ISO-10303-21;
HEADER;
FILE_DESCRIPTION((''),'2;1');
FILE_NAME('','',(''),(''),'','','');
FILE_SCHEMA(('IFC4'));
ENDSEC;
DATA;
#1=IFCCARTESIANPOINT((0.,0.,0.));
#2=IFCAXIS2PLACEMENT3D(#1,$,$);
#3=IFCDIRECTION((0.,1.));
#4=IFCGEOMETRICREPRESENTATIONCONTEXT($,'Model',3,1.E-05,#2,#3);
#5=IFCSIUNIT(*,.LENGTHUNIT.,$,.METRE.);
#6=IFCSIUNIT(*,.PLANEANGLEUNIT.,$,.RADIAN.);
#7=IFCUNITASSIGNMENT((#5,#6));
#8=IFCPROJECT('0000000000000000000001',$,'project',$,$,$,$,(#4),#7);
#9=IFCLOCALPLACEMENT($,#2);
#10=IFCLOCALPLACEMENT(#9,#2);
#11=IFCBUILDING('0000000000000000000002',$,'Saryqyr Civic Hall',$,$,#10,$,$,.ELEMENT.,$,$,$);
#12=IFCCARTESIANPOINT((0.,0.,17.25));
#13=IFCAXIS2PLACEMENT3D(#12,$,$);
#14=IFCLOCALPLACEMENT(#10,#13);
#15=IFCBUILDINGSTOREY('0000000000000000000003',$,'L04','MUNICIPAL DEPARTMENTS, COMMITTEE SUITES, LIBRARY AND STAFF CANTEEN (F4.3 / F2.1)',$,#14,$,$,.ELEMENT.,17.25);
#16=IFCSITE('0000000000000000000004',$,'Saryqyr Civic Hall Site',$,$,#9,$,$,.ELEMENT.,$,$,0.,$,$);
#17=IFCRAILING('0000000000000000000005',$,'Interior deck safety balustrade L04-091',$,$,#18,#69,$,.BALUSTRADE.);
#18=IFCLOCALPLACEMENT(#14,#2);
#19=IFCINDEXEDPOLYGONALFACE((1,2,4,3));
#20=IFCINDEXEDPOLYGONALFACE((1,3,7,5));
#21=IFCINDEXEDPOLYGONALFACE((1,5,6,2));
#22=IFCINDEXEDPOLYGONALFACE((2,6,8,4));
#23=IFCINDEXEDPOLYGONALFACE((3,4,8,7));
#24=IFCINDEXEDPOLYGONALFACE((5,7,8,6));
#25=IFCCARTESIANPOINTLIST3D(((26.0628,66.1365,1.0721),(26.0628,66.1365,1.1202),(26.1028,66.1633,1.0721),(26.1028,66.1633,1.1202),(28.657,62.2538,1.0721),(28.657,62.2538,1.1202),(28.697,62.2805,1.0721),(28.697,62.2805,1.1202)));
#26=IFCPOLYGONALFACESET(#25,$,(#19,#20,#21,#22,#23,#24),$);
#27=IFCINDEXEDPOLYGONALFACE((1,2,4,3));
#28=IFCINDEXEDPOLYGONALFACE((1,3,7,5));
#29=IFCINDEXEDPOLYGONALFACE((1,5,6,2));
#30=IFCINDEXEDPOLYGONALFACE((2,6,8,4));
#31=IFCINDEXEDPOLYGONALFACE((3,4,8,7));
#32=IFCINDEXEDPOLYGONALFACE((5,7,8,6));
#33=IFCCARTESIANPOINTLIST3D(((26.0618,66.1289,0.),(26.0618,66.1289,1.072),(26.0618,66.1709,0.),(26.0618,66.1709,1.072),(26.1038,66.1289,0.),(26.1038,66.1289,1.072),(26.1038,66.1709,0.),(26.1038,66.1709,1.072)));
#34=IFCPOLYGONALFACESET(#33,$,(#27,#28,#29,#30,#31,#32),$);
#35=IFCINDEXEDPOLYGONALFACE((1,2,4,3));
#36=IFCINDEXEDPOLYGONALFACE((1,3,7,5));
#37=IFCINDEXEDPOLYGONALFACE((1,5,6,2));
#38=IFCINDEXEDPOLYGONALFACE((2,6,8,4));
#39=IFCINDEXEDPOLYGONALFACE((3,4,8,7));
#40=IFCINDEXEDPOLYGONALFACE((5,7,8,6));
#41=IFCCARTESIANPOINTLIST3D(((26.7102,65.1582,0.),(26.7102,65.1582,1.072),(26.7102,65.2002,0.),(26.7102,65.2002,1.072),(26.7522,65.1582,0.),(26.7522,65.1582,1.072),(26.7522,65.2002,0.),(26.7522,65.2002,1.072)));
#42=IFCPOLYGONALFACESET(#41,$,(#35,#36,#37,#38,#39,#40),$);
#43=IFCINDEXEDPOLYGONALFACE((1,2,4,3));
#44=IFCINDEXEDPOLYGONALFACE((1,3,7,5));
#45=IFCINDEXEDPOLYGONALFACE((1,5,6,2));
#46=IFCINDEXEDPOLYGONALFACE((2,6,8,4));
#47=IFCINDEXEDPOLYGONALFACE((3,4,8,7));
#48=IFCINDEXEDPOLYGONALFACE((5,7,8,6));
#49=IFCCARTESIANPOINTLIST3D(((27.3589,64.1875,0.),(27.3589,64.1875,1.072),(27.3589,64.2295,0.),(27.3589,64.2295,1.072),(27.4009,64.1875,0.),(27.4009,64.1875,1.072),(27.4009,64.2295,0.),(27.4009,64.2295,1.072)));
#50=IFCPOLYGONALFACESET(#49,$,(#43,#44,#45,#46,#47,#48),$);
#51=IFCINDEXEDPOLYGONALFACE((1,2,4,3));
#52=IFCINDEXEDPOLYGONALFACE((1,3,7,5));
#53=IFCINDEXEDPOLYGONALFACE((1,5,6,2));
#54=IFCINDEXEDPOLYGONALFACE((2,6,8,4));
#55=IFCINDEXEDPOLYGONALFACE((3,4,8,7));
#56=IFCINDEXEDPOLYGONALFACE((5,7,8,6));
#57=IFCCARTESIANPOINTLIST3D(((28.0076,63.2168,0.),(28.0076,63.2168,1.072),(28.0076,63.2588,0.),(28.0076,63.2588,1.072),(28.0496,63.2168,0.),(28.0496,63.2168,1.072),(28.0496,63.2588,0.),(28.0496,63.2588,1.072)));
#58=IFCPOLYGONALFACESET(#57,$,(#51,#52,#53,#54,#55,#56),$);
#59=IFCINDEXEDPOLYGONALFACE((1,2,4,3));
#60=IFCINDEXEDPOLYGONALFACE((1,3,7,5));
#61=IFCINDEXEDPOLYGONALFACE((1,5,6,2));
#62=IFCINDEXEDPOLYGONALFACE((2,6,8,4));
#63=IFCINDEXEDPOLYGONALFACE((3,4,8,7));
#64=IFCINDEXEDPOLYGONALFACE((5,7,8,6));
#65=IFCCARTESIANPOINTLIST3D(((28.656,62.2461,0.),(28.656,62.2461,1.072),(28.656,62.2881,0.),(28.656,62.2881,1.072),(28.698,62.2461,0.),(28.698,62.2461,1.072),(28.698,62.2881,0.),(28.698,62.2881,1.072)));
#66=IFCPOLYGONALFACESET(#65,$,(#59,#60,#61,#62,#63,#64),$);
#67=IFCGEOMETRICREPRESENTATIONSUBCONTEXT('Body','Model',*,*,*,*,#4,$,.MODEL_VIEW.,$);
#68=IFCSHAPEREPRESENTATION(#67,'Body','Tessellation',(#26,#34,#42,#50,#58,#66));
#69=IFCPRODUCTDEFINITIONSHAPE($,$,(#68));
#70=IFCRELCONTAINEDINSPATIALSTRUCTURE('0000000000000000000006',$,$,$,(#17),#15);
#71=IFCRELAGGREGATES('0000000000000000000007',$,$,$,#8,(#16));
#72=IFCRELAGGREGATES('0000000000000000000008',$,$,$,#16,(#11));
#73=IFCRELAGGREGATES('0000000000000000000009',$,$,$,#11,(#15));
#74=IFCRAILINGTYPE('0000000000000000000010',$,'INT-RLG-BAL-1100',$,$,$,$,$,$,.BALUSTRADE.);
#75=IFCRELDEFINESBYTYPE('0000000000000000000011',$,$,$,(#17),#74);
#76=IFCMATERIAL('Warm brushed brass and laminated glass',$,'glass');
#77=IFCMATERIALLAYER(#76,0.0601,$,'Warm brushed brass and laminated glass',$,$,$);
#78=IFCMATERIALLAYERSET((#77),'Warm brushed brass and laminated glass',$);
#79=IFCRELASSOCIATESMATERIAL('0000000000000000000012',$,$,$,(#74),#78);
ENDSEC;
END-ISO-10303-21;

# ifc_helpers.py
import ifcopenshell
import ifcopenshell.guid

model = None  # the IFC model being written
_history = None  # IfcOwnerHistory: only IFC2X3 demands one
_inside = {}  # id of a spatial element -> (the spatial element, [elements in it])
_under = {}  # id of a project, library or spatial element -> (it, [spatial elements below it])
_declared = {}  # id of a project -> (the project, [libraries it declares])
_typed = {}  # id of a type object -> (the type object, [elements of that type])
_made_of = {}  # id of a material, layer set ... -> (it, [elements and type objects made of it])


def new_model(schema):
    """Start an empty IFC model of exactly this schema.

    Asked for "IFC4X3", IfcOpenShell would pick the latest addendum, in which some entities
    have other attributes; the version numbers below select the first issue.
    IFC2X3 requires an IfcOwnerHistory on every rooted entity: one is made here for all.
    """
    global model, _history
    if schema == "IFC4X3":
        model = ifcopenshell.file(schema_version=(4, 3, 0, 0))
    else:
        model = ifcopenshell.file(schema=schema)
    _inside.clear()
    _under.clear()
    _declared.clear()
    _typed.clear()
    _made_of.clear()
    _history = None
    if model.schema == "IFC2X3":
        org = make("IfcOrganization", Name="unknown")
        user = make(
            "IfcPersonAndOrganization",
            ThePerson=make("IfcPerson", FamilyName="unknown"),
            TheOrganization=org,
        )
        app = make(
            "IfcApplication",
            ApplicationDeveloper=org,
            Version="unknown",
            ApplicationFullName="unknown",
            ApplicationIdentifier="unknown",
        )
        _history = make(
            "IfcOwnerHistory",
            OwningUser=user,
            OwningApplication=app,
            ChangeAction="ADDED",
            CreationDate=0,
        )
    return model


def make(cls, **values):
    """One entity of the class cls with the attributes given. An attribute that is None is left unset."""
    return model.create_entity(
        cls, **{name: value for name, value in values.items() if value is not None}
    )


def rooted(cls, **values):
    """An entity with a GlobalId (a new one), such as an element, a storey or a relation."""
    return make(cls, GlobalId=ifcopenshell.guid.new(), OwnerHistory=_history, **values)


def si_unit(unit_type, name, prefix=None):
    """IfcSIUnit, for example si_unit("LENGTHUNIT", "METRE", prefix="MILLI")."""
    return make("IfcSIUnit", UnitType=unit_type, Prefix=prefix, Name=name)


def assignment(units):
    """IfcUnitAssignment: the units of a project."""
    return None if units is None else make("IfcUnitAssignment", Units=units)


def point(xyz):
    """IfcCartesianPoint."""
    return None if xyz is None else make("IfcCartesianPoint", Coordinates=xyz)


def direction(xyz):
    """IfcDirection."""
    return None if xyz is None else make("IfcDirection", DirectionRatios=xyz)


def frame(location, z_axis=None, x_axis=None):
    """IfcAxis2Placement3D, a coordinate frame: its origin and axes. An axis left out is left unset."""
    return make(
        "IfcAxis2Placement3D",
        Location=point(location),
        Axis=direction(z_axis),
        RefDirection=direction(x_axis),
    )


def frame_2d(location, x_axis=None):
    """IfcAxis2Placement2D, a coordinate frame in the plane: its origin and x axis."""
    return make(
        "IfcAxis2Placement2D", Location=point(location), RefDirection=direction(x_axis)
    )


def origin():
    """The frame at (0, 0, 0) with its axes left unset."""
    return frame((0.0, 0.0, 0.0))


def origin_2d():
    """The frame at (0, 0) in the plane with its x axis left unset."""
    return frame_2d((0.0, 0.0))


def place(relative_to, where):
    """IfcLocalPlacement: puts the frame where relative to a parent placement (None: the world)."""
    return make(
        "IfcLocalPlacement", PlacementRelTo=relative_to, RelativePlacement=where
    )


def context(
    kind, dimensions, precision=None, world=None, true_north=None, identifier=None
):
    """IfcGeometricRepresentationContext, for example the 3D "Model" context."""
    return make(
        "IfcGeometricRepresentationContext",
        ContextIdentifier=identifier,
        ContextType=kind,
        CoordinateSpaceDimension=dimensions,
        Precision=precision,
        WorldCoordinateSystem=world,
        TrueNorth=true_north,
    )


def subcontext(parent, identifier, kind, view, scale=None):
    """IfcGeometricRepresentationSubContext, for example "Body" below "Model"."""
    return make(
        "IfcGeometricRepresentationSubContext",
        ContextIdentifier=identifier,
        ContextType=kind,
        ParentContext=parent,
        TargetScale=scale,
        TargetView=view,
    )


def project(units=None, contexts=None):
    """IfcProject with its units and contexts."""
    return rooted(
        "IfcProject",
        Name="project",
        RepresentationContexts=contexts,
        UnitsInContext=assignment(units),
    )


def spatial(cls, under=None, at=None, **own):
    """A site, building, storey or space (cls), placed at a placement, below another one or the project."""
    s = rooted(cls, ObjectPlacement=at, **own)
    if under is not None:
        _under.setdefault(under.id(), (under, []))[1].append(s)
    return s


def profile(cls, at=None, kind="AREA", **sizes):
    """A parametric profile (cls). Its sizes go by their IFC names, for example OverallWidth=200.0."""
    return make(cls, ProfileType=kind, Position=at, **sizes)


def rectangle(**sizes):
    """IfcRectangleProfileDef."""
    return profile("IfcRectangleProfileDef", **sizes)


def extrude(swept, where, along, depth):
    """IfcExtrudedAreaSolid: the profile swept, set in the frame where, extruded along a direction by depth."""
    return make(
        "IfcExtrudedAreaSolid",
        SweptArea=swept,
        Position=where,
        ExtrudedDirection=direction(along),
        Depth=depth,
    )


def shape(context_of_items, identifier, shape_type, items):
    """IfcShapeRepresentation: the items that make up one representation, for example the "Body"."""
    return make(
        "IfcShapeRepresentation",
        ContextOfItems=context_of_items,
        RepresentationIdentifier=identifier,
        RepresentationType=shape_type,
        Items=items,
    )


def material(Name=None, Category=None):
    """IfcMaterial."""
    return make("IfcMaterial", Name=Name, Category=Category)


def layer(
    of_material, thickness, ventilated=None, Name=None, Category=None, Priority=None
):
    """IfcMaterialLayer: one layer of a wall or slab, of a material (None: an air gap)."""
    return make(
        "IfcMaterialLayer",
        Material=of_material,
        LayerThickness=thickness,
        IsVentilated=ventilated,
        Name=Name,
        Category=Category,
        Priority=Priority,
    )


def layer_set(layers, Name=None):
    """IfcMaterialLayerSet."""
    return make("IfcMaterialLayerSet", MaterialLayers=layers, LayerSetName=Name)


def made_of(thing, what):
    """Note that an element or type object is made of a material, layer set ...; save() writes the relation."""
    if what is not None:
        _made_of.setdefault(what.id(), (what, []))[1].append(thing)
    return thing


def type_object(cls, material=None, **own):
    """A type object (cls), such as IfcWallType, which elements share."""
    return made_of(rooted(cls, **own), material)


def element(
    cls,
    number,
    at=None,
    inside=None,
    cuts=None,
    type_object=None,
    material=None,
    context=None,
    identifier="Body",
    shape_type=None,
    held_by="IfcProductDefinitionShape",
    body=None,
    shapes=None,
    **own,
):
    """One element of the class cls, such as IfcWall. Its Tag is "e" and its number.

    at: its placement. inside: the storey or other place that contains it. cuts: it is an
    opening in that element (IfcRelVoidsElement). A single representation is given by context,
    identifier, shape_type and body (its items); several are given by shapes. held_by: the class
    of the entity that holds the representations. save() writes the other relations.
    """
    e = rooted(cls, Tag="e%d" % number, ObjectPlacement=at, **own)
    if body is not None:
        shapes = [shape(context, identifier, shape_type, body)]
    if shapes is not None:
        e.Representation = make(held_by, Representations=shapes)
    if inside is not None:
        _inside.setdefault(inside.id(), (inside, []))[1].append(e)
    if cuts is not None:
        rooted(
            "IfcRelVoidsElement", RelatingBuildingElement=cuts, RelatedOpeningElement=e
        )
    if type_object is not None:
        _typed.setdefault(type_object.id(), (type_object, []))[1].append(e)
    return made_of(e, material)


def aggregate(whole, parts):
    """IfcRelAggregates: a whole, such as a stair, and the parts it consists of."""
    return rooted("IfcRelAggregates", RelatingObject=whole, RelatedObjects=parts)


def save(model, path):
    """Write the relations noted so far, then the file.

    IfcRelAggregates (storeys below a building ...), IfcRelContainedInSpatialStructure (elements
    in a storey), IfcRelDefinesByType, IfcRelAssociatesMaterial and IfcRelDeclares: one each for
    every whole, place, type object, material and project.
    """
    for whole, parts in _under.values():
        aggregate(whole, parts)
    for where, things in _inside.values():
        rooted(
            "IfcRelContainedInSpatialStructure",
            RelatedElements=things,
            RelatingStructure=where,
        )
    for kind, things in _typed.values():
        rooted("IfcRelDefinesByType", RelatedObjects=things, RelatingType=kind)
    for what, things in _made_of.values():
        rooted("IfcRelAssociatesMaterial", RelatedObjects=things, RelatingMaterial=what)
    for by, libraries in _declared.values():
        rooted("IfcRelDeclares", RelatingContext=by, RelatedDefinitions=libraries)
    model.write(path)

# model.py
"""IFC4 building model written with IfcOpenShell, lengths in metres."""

from ifc_helpers import new_model, si_unit, direction, frame, origin, origin_2d, place, context, subcontext, project, spatial, rectangle, extrude, material, layer, layer_set, type_object, element, save


model = new_model("IFC4")

# Units and contexts
model_context = context("Model", 3, precision=1e-05, world=origin(), true_north=direction((0.0, 1.0)))
body_context = subcontext(model_context, "Body", "Model", "MODEL_VIEW")
ifc_project = project(units=[si_unit("LENGTHUNIT", "METRE"), si_unit("PLANEANGLEUNIT", "RADIAN")], contexts=[model_context])

# Site, building, storey
site_placement = place(None, origin())
site = spatial("IfcSite", under=ifc_project, at=site_placement, Name="Saryqyr Civic Hall Site", CompositionType="ELEMENT", RefElevation=0.0)
building_placement = place(site_placement, origin())
building = spatial("IfcBuilding", under=site, at=building_placement, Name="Saryqyr Civic Hall", CompositionType="ELEMENT")
storey_placement = place(building_placement, frame((0.0, 0.0, 17.25)))
storey = spatial("IfcBuildingStorey", under=building, at=storey_placement, Name="L04", Description="MUNICIPAL DEPARTMENTS, COMMITTEE SUITES, LIBRARY AND STAFF CANTEEN (F4.3 / F2.1)", CompositionType="ELEMENT", Elevation=17.25)

# Railing
ifc_material_1 = material(Name="Warm brushed brass and laminated glass", Category="glass")
ifc_layer_1 = layer(ifc_material_1, 0.0601, Name="Warm brushed brass and laminated glass")
ifc_layer_set_1 = layer_set([ifc_layer_1], Name="Warm brushed brass and laminated glass")
railing_type = type_object("IfcRailingType", Name="INT-RLG-BAL-1100", PredefinedType="BALUSTRADE", material=ifc_layer_set_1)
railing_placement = place(storey_placement, frame((26.0828, 66.1499, 0.0)))
element("IfcRailing", 1, at=railing_placement, inside=storey, type_object=railing_type, Name="Interior deck safety balustrade L04-091", PredefinedType="BALUSTRADE", context=body_context, shape_type="SweptSolid", body=[
    extrude(rectangle(XDim=0.0481, YDim=0.0481, at=origin_2d()), frame((0.0, 0.0, 1.0962), z_axis=(0.555544, -0.831487, 0.0), x_axis=(0.831487, 0.555544, 0.0)), (0.0, 0.0, 1.0), 4.6697),
    extrude(rectangle(XDim=0.042, YDim=0.042, at=origin_2d()), origin(), (0.0, 0.0, 1.0), 1.072),
    extrude(rectangle(XDim=0.042, YDim=0.042, at=origin_2d()), frame((0.6484, -0.9707, 0.0)), (0.0, 0.0, 1.0), 1.072),
    extrude(rectangle(XDim=0.042, YDim=0.042, at=origin_2d()), frame((1.2971, -1.9414, 0.0)), (0.0, 0.0, 1.0), 1.072),
    extrude(rectangle(XDim=0.042, YDim=0.042, at=origin_2d()), frame((1.9458, -2.9121, 0.0)), (0.0, 0.0, 1.0), 1.072),
    extrude(rectangle(XDim=0.042, YDim=0.042, at=origin_2d()), frame((2.5942, -3.8828, 0.0)), (0.0, 0.0, 1.0), 1.072),
])

save(model, "model.ifc")
